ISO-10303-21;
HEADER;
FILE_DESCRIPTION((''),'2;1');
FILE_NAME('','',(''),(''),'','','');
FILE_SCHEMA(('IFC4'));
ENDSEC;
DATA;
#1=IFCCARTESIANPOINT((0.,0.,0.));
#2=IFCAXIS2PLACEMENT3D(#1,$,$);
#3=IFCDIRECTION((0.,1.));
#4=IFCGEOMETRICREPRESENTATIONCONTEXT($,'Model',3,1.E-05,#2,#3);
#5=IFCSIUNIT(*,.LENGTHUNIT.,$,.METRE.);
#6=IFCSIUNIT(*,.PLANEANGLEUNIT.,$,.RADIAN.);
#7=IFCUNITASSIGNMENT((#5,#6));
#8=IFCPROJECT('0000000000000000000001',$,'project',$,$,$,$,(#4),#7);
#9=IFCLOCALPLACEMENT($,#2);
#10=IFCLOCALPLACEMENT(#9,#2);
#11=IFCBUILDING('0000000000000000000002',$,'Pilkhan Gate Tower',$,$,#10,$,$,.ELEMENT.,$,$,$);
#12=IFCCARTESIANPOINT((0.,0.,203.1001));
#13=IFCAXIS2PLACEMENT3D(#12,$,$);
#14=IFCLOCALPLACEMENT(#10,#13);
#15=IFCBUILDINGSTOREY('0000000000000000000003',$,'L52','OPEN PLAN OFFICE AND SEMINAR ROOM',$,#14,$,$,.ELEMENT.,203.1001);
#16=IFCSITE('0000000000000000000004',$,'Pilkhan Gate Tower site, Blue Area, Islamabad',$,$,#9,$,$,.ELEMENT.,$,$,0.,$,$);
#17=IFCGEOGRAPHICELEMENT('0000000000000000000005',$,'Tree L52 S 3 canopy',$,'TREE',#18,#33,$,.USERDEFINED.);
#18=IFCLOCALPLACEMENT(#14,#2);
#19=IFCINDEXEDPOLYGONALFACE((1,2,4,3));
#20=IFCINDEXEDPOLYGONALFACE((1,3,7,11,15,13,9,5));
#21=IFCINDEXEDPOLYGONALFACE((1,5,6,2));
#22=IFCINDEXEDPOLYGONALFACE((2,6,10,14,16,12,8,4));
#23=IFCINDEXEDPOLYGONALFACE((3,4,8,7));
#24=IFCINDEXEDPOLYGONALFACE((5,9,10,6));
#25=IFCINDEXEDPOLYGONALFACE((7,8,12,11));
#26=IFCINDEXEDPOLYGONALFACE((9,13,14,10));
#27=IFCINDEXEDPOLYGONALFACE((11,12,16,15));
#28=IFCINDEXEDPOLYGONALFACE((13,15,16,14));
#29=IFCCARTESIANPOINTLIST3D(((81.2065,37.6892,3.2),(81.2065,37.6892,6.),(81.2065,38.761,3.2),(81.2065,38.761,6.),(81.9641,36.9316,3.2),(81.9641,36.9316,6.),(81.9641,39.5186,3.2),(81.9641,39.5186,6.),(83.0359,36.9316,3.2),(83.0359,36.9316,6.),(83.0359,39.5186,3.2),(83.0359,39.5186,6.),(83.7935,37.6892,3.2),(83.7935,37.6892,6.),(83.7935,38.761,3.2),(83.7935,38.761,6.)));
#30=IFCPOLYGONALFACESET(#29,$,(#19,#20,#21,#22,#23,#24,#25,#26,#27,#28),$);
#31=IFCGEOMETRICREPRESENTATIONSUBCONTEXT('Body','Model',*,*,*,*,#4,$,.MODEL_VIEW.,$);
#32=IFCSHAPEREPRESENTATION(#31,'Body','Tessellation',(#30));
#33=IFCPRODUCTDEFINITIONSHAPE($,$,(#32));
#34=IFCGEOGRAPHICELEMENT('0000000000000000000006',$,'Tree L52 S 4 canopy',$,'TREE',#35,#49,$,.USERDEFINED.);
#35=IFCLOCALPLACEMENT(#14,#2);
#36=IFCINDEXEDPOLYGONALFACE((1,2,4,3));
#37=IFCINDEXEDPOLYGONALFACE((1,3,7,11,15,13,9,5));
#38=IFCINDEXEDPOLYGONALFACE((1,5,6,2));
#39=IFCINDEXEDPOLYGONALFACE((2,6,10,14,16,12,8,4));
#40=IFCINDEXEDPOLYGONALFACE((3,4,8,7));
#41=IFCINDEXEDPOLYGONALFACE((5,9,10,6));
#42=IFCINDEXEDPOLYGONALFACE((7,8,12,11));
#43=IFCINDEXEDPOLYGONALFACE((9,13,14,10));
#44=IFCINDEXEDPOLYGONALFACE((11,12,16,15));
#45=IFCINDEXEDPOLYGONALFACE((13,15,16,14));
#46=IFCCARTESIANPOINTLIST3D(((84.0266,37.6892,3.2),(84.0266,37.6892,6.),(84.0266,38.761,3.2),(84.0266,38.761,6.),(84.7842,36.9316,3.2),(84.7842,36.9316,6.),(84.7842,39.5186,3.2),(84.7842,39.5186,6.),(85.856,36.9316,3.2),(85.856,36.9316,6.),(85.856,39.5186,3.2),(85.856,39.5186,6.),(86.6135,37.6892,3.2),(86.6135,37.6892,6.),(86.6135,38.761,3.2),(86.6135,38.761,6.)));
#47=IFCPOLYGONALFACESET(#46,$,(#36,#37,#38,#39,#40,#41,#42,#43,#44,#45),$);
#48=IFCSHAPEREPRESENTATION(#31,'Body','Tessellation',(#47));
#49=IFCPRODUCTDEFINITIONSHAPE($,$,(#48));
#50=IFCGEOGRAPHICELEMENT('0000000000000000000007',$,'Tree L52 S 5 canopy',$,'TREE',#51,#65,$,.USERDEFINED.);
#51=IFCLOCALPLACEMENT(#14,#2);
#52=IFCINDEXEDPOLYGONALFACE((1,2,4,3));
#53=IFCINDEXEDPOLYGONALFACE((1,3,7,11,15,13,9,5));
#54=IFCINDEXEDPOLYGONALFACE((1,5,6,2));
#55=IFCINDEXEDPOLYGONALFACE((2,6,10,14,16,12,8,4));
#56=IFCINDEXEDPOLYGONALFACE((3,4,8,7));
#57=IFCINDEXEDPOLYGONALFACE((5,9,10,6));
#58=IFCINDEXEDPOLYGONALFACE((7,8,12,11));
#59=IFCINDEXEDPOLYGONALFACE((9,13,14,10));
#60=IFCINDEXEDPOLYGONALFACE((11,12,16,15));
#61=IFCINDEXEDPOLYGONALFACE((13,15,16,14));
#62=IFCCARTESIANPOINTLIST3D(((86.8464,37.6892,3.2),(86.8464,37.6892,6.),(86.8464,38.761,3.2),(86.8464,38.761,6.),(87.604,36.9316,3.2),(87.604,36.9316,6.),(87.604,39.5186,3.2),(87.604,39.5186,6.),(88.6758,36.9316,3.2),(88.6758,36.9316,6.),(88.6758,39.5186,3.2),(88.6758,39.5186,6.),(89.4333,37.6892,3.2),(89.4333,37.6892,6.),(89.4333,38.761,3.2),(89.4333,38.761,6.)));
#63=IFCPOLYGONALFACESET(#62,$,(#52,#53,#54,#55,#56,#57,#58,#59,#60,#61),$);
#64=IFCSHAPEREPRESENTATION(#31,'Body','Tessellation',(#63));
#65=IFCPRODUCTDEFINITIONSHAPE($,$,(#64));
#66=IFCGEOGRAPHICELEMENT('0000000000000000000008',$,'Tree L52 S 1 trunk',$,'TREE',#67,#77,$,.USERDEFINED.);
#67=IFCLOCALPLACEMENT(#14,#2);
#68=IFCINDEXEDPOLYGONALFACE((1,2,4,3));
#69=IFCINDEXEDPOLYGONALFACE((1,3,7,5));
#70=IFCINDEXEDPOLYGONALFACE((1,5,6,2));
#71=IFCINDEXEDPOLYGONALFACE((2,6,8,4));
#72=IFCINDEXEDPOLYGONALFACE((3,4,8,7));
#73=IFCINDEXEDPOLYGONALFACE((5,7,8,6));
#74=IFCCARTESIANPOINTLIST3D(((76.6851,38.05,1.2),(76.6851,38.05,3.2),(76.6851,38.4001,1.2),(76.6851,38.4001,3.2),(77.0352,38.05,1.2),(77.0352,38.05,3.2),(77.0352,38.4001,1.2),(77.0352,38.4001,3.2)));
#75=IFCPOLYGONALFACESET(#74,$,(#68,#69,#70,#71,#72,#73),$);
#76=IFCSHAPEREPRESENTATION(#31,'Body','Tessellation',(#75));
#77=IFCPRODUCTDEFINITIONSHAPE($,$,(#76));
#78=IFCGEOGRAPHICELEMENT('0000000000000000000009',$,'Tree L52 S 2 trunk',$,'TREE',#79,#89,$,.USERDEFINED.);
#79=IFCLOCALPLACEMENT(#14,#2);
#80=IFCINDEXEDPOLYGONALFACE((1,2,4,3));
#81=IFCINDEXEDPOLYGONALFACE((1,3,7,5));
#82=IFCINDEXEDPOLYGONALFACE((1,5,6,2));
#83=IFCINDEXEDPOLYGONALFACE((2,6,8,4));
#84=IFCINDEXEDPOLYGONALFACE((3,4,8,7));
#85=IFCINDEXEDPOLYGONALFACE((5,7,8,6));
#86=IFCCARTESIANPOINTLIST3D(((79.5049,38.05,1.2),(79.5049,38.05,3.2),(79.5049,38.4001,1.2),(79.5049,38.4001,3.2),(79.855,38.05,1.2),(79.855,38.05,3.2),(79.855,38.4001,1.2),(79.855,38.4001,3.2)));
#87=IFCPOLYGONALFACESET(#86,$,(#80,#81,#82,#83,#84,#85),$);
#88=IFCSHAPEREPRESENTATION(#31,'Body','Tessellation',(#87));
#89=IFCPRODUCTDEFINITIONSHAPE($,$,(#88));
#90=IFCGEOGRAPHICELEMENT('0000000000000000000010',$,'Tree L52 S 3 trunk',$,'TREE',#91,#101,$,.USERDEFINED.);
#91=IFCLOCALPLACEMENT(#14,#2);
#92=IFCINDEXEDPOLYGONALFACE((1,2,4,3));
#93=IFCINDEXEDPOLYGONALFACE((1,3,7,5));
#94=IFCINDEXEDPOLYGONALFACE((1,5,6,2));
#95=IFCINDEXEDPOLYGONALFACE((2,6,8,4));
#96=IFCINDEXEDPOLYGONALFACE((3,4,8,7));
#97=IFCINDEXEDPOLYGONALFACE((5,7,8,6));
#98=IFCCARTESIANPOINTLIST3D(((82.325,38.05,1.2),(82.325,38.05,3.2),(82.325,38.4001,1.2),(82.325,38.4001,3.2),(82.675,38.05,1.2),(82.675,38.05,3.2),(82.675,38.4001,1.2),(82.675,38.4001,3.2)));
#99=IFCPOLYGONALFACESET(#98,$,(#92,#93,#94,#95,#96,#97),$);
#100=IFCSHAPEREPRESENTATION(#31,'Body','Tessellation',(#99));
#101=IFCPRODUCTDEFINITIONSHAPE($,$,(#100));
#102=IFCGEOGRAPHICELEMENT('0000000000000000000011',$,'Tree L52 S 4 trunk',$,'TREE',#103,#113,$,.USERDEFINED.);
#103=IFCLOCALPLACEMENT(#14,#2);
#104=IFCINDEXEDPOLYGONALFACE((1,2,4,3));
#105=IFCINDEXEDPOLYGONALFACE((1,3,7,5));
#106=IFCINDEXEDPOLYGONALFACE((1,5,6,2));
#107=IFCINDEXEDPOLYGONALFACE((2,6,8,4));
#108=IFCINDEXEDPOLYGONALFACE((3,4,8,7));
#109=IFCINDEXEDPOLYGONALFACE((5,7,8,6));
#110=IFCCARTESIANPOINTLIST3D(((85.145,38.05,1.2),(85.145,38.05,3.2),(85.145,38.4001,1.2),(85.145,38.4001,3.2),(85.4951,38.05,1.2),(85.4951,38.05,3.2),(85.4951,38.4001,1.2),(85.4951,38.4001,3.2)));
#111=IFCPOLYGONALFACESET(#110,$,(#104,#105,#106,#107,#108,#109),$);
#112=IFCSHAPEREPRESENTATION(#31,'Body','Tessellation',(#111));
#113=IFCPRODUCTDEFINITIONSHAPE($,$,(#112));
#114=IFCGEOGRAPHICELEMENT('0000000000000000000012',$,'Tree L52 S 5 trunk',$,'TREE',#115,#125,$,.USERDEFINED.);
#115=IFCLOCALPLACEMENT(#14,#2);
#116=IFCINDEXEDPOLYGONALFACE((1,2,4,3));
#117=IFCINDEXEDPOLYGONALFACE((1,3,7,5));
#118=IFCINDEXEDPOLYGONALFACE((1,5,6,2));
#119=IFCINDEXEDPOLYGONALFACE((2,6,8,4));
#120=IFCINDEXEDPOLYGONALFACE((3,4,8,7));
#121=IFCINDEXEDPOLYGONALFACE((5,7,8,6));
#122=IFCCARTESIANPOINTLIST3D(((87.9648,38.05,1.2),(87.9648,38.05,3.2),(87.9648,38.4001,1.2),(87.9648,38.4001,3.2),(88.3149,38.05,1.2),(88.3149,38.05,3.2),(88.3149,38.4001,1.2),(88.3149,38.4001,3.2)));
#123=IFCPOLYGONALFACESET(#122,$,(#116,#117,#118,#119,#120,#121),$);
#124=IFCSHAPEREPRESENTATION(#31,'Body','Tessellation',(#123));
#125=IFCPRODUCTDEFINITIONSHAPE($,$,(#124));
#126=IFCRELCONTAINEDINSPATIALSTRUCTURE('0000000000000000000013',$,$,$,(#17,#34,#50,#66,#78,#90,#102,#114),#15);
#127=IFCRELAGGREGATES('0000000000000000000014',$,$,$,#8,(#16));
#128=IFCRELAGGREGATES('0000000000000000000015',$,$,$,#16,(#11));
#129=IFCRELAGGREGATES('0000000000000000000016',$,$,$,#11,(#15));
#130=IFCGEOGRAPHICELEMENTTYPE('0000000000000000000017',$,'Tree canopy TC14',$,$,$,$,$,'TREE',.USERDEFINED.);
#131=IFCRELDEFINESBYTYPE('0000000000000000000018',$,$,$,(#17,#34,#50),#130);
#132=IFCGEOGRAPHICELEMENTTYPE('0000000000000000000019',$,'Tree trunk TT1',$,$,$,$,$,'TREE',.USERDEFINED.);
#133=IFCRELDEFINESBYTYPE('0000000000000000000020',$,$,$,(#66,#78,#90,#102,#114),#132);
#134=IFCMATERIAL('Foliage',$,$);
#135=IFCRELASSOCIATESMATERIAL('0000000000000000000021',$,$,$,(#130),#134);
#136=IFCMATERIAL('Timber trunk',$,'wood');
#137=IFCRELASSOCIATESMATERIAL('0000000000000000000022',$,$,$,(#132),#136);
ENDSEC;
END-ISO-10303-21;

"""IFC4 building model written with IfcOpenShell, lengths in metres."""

from ifc_helpers import new_model, si_unit, direction, frame, origin, origin_2d, place, context, subcontext, project, spatial, polyline, rectangle, outline, extrude, material, material_profile, profile_set, type_object, element, save


model = new_model("IFC4")

# Units and contexts
model_context = context("Model", 3, precision=1e-05, world=origin(), true_north=direction((0.0, 1.0)))
body_context = subcontext(model_context, "Body", "Model", "MODEL_VIEW")
ifc_project = project(units=[si_unit("LENGTHUNIT", "METRE"), si_unit("PLANEANGLEUNIT", "RADIAN")], contexts=[model_context])

# Site, building, storey
site_placement = place(None, origin())
site = spatial("IfcSite", under=ifc_project, at=site_placement, Name="Pilkhan Gate Tower site, Blue Area, Islamabad", CompositionType="ELEMENT", RefElevation=0.0)
building_placement = place(site_placement, origin())
building = spatial("IfcBuilding", under=site, at=building_placement, Name="Pilkhan Gate Tower", CompositionType="ELEMENT")
storey_placement = place(building_placement, frame((0.0, 0.0, 203.1001)))
storey = spatial("IfcBuildingStorey", under=building, at=storey_placement, Name="L52", Description="OPEN PLAN OFFICE AND SEMINAR ROOM", CompositionType="ELEMENT", Elevation=203.1001)

# Geographic elements
ifc_material_1 = material(Name="Foliage")
ifc_material_profile_1 = material_profile(ifc_material_1, outline(polyline([(1.2935, 0.5359), (0.5359, 1.2935), (-0.5359, 1.2935), (-1.2935, 0.5359), (-1.2935, -0.5359), (-0.5359, -1.2935), (0.5359, -1.2935), (1.2935, -0.5359), (1.2935, 0.5359)])), Name="Canopy D2.8")
ifc_profile_set_1 = profile_set([ifc_material_profile_1], Name="Foliage")
geographic_element_type_1 = type_object("IfcGeographicElementType", Name="Tree canopy TC14", ElementType="TREE", PredefinedType="USERDEFINED", material=ifc_profile_set_1)
for number, where, z_axis, x_axis, name in (
    (1, (82.5, 38.2251, 3.2), (0.0, 0.0, 1.0), (1.0, 0.0, 0.0), "Tree L52 S 3 canopy"),
    (2, (85.3201, 38.2251, 3.2), (0.0, 0.0, 1.0), (1.0, 0.0, 0.0), "Tree L52 S 4 canopy"),
    (3, (88.1399, 38.2251, 3.2), (0.0, 0.0, 1.0), (1.0, 0.0, 0.0), "Tree L52 S 5 canopy"),
):
    element("IfcGeographicElement", number, at=place(storey_placement, frame(where, z_axis=z_axis, x_axis=x_axis)), inside=storey, type_object=geographic_element_type_1, Name=name, ObjectType="TREE", PredefinedType="USERDEFINED", context=body_context, shape_type="SweptSolid", body=[
        extrude(outline(polyline([(1.2935, 0.5359), (0.5359, 1.2935), (-0.5359, 1.2935), (-1.2935, 0.5359), (-1.2935, -0.5359), (-0.5359, -1.2935), (0.5359, -1.2935), (1.2935, -0.5359), (1.2935, 0.5359)])), origin(), (0.0, 0.0, 1.0), 2.8),
    ])
ifc_material_2 = material(Name="Timber trunk", Category="wood")
geographic_element_type_2 = type_object("IfcGeographicElementType", Name="Tree trunk TT1", ElementType="TREE", PredefinedType="USERDEFINED", material=ifc_material_2)
for number, where, z_axis, x_axis, name in (
    (4, (76.8601, 38.2251, 1.2), (0.0, 0.0, 1.0), (1.0, 0.0, 0.0), "Tree L52 S 1 trunk"),
    (5, (79.6799, 38.2251, 1.2), (0.0, 0.0, 1.0), (1.0, 0.0, 0.0), "Tree L52 S 2 trunk"),
    (6, (82.5, 38.2251, 1.2), (0.0, 0.0, 1.0), (1.0, 0.0, 0.0), "Tree L52 S 3 trunk"),
    (7, (85.3201, 38.2251, 1.2), (0.0, 0.0, 1.0), (1.0, 0.0, 0.0), "Tree L52 S 4 trunk"),
    (8, (88.1399, 38.2251, 1.2), (0.0, 0.0, 1.0), (1.0, 0.0, 0.0), "Tree L52 S 5 trunk"),
):
    element("IfcGeographicElement", number, at=place(storey_placement, frame(where, z_axis=z_axis, x_axis=x_axis)), inside=storey, type_object=geographic_element_type_2, Name=name, ObjectType="TREE", PredefinedType="USERDEFINED", context=body_context, shape_type="SweptSolid", body=[
        extrude(rectangle(XDim=0.3501, YDim=0.3501, at=origin_2d()), origin(), (0.0, 0.0, 1.0), 2.0),
    ])

save(model, "model.ifc")
